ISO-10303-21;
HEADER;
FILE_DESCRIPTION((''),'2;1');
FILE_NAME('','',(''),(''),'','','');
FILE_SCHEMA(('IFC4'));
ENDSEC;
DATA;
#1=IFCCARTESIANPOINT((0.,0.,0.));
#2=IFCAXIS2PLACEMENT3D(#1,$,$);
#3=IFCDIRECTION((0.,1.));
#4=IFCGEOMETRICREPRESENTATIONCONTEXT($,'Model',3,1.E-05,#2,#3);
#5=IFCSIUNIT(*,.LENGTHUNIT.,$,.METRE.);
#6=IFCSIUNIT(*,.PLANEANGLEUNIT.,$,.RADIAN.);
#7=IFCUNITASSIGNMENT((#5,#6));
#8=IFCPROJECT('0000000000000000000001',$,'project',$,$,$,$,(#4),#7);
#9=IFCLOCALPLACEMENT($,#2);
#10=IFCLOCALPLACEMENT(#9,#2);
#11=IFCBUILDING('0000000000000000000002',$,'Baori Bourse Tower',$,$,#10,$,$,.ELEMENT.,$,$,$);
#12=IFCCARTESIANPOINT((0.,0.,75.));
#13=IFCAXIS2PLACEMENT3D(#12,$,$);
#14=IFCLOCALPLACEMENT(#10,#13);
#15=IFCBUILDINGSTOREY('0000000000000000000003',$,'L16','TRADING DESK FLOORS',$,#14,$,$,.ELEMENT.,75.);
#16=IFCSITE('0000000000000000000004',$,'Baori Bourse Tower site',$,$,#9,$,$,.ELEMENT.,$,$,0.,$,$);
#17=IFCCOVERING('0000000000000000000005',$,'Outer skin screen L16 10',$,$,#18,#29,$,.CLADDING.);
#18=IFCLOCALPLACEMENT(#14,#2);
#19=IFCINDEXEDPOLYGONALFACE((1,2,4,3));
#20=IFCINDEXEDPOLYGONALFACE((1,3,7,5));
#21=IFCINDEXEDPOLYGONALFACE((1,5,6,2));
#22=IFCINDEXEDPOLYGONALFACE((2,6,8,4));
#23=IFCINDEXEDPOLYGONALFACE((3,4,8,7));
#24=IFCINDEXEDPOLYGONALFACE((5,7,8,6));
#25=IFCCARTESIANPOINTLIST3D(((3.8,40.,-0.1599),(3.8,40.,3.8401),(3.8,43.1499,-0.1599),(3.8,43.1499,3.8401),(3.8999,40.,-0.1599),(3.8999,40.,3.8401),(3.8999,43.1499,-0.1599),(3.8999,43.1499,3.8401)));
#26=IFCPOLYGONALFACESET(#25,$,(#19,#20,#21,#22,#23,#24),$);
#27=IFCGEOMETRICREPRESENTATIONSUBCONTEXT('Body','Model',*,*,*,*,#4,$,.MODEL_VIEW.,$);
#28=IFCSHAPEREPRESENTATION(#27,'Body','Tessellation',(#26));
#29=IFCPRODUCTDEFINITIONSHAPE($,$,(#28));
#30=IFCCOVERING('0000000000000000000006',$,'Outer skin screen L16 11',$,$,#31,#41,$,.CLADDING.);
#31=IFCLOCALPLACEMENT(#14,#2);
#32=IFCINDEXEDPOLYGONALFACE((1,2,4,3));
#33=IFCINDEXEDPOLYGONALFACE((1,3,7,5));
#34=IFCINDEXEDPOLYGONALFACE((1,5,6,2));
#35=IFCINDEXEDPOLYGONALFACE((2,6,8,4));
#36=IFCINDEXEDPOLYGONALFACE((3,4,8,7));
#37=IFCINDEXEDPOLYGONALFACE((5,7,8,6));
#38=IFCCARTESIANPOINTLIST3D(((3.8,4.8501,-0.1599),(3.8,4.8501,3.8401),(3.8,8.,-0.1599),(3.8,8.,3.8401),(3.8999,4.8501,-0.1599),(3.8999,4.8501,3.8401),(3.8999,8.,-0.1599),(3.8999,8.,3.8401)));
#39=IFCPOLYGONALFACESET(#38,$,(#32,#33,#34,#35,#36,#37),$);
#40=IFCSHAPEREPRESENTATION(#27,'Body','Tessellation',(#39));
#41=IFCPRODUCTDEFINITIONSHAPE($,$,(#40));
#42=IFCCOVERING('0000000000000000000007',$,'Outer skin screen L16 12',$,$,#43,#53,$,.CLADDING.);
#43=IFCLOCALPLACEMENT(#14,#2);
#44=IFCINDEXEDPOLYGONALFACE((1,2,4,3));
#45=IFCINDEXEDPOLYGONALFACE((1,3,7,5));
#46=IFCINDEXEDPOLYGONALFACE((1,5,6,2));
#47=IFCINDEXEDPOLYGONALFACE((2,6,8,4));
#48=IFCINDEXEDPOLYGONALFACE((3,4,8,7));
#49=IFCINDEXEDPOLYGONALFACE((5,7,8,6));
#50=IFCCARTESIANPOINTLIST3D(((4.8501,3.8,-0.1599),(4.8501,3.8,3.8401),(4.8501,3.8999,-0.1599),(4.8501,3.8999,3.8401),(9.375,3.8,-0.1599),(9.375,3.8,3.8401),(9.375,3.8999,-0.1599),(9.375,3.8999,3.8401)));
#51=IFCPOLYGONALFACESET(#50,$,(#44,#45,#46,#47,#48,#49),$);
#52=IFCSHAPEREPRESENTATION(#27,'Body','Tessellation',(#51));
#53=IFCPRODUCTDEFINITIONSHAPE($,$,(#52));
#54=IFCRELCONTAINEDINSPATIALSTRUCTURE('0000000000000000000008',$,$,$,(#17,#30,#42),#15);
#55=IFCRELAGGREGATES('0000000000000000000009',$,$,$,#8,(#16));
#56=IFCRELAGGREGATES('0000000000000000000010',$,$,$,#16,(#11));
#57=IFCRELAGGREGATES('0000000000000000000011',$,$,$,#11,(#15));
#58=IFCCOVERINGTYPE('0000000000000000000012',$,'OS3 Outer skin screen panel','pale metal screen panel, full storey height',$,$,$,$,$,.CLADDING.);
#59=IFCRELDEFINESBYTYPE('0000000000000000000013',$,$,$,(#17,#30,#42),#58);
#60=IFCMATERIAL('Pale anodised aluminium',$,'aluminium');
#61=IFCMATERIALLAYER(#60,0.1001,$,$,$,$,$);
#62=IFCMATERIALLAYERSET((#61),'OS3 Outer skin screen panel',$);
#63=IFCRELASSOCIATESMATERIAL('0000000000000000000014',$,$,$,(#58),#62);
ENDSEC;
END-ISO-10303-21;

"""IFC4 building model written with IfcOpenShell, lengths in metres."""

from ifc_helpers import new_model, si_unit, direction, frame, origin, place, context, subcontext, project, spatial, polyline, outline, extrude, material, layer, layer_set, type_object, element, save


model = new_model("IFC4")

# Units and contexts
model_context = context("Model", 3, precision=1e-05, world=origin(), true_north=direction((0.0, 1.0)))
body_context = subcontext(model_context, "Body", "Model", "MODEL_VIEW")
ifc_project = project(units=[si_unit("LENGTHUNIT", "METRE"), si_unit("PLANEANGLEUNIT", "RADIAN")], contexts=[model_context])

# Site, building, storey
site_placement = place(None, origin())
site = spatial("IfcSite", under=ifc_project, at=site_placement, Name="Baori Bourse Tower site", CompositionType="ELEMENT", RefElevation=0.0)
building_placement = place(site_placement, origin())
building = spatial("IfcBuilding", under=site, at=building_placement, Name="Baori Bourse Tower", CompositionType="ELEMENT")
storey_placement = place(building_placement, frame((0.0, 0.0, 75.0)))
storey = spatial("IfcBuildingStorey", under=building, at=storey_placement, Name="L16", Description="TRADING DESK FLOORS", CompositionType="ELEMENT", Elevation=75.0)

# Coverings
ifc_material_1 = material(Name="Pale anodised aluminium", Category="aluminium")
ifc_layer_1 = layer(ifc_material_1, 0.1001)
ifc_layer_set_1 = layer_set([ifc_layer_1], Name="OS3 Outer skin screen panel")
covering_type = type_object("IfcCoveringType", Name="OS3 Outer skin screen panel", Description="pale metal screen panel, full storey height", PredefinedType="CLADDING", material=ifc_layer_set_1)
covering_1_placement = place(storey_placement, frame((0.0, 0.0, -0.1599)))
element("IfcCovering", 1, at=covering_1_placement, inside=storey, type_object=covering_type, Name="Outer skin screen L16 10", PredefinedType="CLADDING", context=body_context, shape_type="SweptSolid", body=[
    extrude(outline(polyline([(3.8999, 40.0), (3.8999, 43.1499), (3.8, 43.1499), (3.8, 40.0), (3.8999, 40.0), (3.8999, 40.0)])), origin(), (0.0, 0.0, 1.0), 4.0),
])
covering_2_placement = place(storey_placement, frame((0.0, 0.0, -0.1599)))
element("IfcCovering", 2, at=covering_2_placement, inside=storey, type_object=covering_type, Name="Outer skin screen L16 11", PredefinedType="CLADDING", context=body_context, shape_type="SweptSolid", body=[
    extrude(outline(polyline([(3.8999, 4.8501), (3.8999, 8.0), (3.8999, 8.0), (3.8, 8.0), (3.8, 4.8501), (3.8999, 4.8501)])), origin(), (0.0, 0.0, 1.0), 4.0),
])
covering_3_placement = place(storey_placement, frame((0.0, 0.0, -0.1599)))
element("IfcCovering", 3, at=covering_3_placement, inside=storey, type_object=covering_type, Name="Outer skin screen L16 12", PredefinedType="CLADDING", context=body_context, shape_type="SweptSolid", body=[
    extrude(outline(polyline([(9.375, 3.8999), (4.8501, 3.8999), (4.8501, 3.8), (9.375, 3.8), (9.375, 3.8999)])), origin(), (0.0, 0.0, 1.0), 4.0),
])

save(model, "model.ifc")
